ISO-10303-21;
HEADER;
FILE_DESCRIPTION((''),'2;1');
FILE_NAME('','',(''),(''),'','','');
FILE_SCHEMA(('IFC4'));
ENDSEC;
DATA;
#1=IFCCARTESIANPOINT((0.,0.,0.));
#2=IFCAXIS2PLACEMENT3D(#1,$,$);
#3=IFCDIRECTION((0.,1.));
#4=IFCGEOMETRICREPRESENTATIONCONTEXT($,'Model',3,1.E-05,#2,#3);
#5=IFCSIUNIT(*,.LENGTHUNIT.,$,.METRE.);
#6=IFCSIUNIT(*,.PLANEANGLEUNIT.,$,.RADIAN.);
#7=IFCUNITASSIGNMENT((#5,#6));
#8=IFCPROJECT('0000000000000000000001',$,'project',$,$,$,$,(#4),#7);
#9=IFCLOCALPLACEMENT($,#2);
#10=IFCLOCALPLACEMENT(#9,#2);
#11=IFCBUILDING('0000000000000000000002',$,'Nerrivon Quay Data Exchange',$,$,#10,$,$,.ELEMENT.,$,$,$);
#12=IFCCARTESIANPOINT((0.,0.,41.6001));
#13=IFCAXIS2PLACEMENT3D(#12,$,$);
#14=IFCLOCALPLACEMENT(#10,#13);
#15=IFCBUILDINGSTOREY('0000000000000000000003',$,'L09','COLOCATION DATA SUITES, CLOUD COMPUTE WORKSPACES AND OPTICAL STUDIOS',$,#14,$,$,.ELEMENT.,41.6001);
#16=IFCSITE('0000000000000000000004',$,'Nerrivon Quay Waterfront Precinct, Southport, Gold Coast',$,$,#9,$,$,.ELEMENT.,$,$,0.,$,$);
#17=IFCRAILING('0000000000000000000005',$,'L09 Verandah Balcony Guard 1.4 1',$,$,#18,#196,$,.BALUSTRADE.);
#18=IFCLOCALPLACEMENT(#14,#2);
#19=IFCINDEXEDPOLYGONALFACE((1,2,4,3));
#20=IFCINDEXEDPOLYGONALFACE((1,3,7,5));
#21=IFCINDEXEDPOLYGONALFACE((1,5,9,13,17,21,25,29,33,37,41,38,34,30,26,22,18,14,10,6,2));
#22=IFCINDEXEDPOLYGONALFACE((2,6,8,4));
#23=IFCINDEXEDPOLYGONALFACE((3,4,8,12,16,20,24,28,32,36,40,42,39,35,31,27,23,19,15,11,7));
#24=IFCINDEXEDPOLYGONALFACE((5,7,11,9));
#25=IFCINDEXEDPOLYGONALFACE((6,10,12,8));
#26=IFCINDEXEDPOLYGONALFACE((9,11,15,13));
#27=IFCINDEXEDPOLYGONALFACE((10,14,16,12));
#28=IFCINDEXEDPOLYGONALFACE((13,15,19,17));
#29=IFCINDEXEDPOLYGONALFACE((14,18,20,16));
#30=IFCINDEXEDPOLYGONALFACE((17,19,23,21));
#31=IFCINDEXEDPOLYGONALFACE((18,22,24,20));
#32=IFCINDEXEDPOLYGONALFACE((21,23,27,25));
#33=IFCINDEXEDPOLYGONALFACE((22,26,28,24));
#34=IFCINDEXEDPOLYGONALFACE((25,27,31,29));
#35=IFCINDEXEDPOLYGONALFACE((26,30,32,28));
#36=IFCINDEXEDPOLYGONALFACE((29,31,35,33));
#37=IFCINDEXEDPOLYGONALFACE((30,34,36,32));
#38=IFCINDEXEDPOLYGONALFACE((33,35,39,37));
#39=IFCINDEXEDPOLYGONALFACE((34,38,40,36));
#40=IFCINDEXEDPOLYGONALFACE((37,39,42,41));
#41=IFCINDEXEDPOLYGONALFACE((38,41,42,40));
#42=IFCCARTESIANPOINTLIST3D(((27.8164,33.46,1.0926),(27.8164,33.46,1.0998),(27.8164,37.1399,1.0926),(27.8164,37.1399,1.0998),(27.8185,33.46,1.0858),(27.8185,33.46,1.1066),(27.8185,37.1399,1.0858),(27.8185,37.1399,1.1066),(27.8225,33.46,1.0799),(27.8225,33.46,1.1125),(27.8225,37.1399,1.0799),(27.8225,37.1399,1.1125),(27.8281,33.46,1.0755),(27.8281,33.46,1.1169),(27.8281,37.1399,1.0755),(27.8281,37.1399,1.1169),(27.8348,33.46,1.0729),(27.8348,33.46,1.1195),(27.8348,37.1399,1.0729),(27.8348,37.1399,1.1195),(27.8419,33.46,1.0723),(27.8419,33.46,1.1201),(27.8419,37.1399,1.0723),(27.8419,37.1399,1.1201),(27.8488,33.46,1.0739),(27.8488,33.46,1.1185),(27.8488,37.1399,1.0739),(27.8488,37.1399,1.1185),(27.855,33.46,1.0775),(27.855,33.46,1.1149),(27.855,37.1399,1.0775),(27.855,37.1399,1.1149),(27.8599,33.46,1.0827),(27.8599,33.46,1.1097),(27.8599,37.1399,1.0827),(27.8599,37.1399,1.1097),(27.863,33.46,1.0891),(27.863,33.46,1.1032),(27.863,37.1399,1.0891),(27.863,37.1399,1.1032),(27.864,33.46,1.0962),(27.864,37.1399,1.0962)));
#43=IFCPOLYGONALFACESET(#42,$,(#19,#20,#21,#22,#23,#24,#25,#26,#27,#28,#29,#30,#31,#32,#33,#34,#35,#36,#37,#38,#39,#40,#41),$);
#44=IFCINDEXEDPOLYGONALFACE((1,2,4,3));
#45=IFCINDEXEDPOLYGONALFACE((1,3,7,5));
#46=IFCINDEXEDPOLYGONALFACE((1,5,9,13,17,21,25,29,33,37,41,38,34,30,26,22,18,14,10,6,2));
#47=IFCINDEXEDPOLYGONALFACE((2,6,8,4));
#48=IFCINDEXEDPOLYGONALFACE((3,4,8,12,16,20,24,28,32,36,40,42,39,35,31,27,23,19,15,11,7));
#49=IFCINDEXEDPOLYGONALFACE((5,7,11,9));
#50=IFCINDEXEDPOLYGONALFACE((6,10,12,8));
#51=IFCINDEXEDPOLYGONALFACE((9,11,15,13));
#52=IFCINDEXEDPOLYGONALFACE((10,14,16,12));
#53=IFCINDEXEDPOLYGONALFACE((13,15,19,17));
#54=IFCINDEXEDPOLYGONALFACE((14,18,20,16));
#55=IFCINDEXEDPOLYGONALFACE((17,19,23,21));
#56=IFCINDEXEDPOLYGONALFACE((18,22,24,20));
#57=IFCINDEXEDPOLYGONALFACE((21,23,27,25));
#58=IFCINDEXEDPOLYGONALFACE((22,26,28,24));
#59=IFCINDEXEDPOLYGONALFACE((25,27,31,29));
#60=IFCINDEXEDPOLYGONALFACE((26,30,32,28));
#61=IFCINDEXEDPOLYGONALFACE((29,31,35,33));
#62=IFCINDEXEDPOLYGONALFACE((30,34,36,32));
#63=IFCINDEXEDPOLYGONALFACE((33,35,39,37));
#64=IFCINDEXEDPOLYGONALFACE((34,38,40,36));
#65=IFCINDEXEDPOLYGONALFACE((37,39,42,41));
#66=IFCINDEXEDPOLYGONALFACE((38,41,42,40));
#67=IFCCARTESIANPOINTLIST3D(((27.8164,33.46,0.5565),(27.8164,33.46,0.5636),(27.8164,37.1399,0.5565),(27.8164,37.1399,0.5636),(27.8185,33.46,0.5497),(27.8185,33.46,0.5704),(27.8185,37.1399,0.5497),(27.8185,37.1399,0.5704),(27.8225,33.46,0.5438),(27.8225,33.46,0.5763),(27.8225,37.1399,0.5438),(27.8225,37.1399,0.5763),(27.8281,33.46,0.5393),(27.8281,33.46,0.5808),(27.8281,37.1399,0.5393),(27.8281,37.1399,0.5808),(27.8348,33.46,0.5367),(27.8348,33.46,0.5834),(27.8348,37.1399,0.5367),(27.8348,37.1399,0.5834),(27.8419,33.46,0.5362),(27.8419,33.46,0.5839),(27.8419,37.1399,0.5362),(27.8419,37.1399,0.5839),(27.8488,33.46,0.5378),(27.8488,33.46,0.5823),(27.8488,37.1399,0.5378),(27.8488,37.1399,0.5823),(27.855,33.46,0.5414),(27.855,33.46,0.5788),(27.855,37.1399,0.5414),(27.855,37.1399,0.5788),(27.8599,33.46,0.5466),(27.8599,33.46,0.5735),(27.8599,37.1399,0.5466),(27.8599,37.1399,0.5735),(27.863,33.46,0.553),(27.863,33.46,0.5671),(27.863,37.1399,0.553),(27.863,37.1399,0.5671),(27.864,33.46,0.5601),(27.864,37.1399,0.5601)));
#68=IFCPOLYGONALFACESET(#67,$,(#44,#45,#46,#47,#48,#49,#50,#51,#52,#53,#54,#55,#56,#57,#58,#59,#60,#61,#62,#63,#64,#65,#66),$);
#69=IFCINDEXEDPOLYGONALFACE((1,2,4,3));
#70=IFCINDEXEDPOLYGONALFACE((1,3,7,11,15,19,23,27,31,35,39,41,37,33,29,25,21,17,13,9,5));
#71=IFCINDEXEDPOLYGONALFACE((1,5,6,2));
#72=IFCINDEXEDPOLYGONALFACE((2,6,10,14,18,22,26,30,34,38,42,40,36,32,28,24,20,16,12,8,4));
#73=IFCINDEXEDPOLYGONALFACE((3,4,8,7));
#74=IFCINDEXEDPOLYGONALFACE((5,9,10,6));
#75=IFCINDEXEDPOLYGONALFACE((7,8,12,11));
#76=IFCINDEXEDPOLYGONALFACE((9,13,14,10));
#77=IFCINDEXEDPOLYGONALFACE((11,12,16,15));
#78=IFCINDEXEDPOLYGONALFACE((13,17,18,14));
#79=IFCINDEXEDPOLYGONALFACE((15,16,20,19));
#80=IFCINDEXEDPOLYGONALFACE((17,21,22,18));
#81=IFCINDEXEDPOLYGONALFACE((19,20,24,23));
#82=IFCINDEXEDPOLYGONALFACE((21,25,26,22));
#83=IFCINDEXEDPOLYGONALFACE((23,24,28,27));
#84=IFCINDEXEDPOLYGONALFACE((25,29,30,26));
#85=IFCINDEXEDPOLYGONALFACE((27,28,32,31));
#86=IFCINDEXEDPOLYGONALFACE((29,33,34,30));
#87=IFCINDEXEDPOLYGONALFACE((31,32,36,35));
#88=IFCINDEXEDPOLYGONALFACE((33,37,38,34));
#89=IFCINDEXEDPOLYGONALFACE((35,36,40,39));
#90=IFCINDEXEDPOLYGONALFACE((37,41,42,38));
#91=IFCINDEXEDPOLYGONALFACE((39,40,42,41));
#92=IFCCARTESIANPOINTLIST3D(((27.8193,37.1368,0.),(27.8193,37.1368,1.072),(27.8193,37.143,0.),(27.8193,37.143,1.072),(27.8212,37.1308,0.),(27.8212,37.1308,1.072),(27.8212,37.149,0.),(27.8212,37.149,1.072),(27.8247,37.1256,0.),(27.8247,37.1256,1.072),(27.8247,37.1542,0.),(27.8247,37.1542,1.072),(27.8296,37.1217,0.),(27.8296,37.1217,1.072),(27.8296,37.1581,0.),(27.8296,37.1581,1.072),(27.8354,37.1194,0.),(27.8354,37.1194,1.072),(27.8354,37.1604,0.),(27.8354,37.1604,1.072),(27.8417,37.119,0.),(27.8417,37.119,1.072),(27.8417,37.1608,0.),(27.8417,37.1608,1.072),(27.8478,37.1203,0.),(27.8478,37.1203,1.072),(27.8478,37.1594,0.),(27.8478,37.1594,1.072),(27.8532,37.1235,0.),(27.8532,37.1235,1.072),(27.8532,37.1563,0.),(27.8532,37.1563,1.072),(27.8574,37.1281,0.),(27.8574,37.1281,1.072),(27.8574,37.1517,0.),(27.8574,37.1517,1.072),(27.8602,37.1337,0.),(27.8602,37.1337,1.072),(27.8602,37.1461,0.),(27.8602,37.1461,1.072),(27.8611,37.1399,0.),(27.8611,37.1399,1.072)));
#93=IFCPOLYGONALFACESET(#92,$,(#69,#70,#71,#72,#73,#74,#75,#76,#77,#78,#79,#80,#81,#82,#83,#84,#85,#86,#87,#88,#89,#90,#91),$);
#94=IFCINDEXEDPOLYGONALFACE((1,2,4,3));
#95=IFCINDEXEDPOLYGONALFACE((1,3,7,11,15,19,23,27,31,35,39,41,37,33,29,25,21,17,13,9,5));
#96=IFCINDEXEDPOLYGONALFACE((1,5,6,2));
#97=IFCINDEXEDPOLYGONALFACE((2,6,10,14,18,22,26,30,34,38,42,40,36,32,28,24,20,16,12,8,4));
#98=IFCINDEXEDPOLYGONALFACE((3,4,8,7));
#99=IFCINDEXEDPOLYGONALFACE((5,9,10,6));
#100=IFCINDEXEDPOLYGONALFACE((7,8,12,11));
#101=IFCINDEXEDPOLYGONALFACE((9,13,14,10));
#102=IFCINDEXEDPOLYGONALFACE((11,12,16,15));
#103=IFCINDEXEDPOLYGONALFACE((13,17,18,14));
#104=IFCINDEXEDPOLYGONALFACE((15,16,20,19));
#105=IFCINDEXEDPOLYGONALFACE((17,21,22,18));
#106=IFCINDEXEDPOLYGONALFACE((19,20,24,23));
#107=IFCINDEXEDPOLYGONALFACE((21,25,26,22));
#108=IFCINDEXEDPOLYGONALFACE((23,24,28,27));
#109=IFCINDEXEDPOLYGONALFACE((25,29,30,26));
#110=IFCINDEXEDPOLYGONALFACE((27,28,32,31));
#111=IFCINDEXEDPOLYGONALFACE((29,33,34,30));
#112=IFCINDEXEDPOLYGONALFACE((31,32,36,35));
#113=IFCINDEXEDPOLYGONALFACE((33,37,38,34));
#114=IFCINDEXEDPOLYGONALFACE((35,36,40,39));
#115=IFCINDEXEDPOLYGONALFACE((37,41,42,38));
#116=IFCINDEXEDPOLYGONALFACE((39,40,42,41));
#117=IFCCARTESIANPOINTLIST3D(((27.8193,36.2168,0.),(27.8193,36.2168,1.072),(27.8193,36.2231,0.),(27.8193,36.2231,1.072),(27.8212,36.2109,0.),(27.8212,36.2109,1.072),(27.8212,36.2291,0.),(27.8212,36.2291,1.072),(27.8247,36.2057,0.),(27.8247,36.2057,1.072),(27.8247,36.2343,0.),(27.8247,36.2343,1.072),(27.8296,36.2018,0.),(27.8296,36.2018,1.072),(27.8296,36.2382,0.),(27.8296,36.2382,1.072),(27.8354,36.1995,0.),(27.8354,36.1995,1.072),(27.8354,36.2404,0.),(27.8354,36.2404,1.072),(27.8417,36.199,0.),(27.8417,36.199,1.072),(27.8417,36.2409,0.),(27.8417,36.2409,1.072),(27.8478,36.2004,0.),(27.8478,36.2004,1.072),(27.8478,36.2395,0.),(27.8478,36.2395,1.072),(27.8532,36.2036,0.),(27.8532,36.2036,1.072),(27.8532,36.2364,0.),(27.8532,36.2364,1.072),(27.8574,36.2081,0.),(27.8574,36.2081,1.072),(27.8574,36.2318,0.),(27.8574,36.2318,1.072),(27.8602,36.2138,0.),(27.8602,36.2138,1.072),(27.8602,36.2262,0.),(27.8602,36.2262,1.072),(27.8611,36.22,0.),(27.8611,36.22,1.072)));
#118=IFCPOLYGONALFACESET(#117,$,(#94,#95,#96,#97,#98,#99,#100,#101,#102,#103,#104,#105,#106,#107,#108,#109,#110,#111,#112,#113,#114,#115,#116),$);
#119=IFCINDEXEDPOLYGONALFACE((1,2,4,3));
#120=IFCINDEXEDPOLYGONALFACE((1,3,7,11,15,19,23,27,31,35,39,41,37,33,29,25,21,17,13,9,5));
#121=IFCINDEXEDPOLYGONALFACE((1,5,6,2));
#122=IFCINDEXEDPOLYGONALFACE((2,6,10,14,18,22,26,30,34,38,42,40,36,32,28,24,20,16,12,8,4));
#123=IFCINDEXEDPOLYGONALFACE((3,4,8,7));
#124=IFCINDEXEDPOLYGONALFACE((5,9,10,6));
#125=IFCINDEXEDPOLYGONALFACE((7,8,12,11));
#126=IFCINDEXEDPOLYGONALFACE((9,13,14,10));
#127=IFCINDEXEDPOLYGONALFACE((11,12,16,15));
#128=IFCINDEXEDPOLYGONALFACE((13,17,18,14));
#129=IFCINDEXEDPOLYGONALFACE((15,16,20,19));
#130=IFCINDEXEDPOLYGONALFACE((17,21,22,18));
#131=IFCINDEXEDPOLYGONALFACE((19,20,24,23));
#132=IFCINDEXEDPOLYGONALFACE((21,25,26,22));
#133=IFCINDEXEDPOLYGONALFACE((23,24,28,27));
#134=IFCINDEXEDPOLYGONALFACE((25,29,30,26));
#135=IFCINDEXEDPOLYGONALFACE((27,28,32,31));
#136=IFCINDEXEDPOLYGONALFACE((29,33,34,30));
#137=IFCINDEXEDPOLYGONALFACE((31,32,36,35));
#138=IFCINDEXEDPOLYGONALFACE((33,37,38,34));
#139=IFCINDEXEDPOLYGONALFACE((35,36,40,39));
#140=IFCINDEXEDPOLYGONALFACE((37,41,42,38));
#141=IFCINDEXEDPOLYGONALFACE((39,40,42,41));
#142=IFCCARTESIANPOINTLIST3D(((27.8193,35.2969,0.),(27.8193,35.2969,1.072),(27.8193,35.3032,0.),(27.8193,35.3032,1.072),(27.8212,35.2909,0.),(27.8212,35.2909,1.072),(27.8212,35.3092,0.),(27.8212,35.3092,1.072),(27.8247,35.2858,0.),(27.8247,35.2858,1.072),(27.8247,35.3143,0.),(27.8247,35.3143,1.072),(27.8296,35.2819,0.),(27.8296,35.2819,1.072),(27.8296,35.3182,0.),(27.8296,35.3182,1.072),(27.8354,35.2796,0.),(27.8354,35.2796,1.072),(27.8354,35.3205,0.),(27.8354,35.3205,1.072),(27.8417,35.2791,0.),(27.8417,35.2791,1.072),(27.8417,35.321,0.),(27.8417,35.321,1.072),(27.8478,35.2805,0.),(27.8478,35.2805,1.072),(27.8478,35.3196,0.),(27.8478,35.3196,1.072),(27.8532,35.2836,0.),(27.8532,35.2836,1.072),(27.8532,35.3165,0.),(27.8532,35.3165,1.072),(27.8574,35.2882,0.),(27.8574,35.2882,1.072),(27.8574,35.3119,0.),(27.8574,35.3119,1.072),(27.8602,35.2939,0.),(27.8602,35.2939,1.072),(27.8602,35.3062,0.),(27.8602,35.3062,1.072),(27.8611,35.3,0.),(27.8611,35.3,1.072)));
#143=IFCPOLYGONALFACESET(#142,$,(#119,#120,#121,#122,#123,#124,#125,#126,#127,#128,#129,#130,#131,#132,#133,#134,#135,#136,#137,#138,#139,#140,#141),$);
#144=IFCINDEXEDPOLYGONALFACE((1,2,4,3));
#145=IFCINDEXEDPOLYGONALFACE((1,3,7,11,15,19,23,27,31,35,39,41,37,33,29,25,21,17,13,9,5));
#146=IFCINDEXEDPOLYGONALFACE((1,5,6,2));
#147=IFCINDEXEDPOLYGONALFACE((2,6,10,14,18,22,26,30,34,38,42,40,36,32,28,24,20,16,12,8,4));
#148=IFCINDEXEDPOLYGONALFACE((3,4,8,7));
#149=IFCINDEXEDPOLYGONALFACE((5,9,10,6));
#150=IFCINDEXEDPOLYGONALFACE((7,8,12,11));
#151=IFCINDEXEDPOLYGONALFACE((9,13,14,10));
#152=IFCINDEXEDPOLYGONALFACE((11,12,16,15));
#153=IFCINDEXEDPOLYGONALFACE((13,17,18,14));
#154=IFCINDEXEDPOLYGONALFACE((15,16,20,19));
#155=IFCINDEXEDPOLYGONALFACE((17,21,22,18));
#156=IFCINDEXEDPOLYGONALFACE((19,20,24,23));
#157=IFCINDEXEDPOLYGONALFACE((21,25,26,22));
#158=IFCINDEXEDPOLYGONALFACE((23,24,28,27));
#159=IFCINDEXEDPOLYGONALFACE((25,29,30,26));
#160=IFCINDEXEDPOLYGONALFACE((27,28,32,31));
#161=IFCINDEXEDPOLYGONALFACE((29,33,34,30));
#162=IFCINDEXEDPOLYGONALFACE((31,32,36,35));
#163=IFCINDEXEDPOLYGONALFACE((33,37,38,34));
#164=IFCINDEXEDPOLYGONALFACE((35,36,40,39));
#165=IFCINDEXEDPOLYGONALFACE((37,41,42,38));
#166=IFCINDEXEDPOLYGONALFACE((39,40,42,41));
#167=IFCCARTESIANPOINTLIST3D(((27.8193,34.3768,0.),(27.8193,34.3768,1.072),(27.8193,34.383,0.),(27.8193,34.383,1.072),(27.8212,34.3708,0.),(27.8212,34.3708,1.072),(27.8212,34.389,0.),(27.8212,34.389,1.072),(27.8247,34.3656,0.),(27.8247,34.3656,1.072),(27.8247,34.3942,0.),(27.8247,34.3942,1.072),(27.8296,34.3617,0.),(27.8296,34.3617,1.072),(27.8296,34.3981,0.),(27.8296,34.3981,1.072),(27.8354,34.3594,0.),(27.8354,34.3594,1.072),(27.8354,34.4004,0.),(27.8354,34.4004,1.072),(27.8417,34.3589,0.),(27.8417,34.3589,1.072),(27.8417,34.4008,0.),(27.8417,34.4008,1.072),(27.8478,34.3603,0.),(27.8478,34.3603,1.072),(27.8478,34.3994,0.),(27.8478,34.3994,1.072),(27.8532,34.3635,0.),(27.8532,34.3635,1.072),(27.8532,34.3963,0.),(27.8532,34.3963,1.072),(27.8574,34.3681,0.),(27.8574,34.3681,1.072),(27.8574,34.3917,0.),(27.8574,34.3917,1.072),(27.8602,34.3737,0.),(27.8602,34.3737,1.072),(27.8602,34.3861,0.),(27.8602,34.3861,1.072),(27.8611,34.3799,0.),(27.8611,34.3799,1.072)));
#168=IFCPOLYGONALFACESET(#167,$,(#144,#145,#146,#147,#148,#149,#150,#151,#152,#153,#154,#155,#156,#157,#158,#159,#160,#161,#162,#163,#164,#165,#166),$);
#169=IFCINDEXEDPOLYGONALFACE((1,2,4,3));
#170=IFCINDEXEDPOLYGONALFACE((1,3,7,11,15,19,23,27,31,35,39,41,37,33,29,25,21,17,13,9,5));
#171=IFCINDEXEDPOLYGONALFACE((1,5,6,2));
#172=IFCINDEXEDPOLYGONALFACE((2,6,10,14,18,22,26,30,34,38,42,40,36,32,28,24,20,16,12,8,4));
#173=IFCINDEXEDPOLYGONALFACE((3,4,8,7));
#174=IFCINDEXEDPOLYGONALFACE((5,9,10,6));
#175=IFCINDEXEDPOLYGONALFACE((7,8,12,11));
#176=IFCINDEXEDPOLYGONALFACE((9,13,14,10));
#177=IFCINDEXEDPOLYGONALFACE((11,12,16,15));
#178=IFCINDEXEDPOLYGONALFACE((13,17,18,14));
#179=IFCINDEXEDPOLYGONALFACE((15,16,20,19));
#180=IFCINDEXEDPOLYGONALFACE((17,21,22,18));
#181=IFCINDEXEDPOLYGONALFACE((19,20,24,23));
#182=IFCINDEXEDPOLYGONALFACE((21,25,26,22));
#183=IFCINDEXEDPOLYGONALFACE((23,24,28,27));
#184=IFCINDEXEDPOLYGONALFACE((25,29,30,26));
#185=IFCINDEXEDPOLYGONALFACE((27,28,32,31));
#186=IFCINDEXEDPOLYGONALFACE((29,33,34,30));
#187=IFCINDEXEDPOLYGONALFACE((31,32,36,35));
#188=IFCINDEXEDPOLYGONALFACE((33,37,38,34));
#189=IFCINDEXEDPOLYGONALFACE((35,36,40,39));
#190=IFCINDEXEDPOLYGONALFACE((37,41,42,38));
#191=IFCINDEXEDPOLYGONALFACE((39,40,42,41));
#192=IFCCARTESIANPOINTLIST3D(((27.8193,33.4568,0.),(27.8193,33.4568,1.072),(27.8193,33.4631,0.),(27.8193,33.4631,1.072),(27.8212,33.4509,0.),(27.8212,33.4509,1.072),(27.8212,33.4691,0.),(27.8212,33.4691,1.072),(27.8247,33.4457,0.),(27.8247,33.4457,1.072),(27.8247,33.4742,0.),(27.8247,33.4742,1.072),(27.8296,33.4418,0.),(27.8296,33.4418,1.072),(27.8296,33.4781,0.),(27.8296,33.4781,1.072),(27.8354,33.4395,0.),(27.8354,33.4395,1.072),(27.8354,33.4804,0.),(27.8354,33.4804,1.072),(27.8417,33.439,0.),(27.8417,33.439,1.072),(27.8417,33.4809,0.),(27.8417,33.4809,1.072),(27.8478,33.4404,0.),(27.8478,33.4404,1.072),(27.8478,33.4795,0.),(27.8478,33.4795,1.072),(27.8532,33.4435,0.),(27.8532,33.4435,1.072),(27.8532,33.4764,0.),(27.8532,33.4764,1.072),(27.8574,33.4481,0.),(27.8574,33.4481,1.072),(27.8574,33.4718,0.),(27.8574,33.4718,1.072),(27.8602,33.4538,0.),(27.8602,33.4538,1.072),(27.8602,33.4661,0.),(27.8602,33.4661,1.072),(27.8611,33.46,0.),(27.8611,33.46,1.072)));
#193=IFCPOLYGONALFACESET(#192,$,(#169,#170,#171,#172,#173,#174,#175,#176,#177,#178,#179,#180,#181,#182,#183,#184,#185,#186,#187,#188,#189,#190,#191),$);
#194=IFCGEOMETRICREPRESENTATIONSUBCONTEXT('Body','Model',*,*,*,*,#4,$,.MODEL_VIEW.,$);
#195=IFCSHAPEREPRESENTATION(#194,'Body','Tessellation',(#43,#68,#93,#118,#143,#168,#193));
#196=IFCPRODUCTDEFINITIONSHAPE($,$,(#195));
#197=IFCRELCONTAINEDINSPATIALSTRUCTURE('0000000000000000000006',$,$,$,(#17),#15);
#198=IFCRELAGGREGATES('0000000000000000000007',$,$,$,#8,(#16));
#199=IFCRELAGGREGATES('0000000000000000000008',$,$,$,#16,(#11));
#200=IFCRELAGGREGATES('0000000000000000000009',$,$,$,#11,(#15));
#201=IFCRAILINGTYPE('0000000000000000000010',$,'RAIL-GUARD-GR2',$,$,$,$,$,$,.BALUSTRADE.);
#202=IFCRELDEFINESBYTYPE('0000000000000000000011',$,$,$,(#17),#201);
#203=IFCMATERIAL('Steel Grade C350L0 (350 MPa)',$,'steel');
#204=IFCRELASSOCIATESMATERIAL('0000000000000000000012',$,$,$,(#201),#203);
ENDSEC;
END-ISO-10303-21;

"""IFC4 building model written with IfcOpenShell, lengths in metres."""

from ifc_helpers import new_model, si_unit, direction, frame, origin, origin_2d, place, context, subcontext, project, spatial, circle, extrude, material, type_object, element, save


model = new_model("IFC4")

# Units and contexts
model_context = context("Model", 3, precision=1e-05, world=origin(), true_north=direction((0.0, 1.0)))
body_context = subcontext(model_context, "Body", "Model", "MODEL_VIEW")
ifc_project = project(units=[si_unit("LENGTHUNIT", "METRE"), si_unit("PLANEANGLEUNIT", "RADIAN")], contexts=[model_context])

# Site, building, storey
site_placement = place(None, origin())
site = spatial("IfcSite", under=ifc_project, at=site_placement, Name="Nerrivon Quay Waterfront Precinct, Southport, Gold Coast", CompositionType="ELEMENT", RefElevation=0.0)
building_placement = place(site_placement, origin())
building = spatial("IfcBuilding", under=site, at=building_placement, Name="Nerrivon Quay Data Exchange", CompositionType="ELEMENT")
storey_placement = place(building_placement, frame((0.0, 0.0, 41.6001)))
storey = spatial("IfcBuildingStorey", under=building, at=storey_placement, Name="L09", Description="COLOCATION DATA SUITES, CLOUD COMPUTE WORKSPACES AND OPTICAL STUDIOS", CompositionType="ELEMENT", Elevation=41.6001)

# Railing
ifc_material_1 = material(Name="Steel Grade C350L0 (350 MPa)", Category="steel")
railing_type = type_object("IfcRailingType", Name="RAIL-GUARD-GR2", PredefinedType="BALUSTRADE", material=ifc_material_1)
railing_1_placement = place(storey_placement, frame((27.8401, 37.1399, 0.0)))
element("IfcRailing", 1, at=railing_1_placement, inside=storey, type_object=railing_type, Name="L09 Verandah Balcony Guard 1.4 1", PredefinedType="BALUSTRADE", context=body_context, shape_type="SweptSolid", body=[
    extrude(circle(Radius=0.0239, at=origin_2d()), frame((0.0, 0.0, 1.0962), z_axis=(0.0, -1.0, 0.0), x_axis=(1.0, 0.0, 0.0)), (0.0, 0.0, 1.0), 3.6799),
    extrude(circle(Radius=0.0239, at=origin_2d()), frame((0.0, 0.0, 0.5601), z_axis=(0.0, -1.0, 0.0), x_axis=(1.0, 0.0, 0.0)), (0.0, 0.0, 1.0), 3.6799),
    extrude(circle(Radius=0.021, at=origin_2d()), origin(), (0.0, 0.0, 1.0), 1.072),
    extrude(circle(Radius=0.021, at=origin_2d()), frame((0.0, -0.9199, 0.0)), (0.0, 0.0, 1.0), 1.072),
    extrude(circle(Radius=0.021, at=origin_2d()), frame((0.0, -1.8398, 0.0)), (0.0, 0.0, 1.0), 1.072),
    extrude(circle(Radius=0.021, at=origin_2d()), frame((0.0, -2.76, 0.0)), (0.0, 0.0, 1.0), 1.072),
    extrude(circle(Radius=0.021, at=origin_2d()), frame((0.0, -3.6799, 0.0)), (0.0, 0.0, 1.0), 1.072),
])

save(model, "model.ifc")
